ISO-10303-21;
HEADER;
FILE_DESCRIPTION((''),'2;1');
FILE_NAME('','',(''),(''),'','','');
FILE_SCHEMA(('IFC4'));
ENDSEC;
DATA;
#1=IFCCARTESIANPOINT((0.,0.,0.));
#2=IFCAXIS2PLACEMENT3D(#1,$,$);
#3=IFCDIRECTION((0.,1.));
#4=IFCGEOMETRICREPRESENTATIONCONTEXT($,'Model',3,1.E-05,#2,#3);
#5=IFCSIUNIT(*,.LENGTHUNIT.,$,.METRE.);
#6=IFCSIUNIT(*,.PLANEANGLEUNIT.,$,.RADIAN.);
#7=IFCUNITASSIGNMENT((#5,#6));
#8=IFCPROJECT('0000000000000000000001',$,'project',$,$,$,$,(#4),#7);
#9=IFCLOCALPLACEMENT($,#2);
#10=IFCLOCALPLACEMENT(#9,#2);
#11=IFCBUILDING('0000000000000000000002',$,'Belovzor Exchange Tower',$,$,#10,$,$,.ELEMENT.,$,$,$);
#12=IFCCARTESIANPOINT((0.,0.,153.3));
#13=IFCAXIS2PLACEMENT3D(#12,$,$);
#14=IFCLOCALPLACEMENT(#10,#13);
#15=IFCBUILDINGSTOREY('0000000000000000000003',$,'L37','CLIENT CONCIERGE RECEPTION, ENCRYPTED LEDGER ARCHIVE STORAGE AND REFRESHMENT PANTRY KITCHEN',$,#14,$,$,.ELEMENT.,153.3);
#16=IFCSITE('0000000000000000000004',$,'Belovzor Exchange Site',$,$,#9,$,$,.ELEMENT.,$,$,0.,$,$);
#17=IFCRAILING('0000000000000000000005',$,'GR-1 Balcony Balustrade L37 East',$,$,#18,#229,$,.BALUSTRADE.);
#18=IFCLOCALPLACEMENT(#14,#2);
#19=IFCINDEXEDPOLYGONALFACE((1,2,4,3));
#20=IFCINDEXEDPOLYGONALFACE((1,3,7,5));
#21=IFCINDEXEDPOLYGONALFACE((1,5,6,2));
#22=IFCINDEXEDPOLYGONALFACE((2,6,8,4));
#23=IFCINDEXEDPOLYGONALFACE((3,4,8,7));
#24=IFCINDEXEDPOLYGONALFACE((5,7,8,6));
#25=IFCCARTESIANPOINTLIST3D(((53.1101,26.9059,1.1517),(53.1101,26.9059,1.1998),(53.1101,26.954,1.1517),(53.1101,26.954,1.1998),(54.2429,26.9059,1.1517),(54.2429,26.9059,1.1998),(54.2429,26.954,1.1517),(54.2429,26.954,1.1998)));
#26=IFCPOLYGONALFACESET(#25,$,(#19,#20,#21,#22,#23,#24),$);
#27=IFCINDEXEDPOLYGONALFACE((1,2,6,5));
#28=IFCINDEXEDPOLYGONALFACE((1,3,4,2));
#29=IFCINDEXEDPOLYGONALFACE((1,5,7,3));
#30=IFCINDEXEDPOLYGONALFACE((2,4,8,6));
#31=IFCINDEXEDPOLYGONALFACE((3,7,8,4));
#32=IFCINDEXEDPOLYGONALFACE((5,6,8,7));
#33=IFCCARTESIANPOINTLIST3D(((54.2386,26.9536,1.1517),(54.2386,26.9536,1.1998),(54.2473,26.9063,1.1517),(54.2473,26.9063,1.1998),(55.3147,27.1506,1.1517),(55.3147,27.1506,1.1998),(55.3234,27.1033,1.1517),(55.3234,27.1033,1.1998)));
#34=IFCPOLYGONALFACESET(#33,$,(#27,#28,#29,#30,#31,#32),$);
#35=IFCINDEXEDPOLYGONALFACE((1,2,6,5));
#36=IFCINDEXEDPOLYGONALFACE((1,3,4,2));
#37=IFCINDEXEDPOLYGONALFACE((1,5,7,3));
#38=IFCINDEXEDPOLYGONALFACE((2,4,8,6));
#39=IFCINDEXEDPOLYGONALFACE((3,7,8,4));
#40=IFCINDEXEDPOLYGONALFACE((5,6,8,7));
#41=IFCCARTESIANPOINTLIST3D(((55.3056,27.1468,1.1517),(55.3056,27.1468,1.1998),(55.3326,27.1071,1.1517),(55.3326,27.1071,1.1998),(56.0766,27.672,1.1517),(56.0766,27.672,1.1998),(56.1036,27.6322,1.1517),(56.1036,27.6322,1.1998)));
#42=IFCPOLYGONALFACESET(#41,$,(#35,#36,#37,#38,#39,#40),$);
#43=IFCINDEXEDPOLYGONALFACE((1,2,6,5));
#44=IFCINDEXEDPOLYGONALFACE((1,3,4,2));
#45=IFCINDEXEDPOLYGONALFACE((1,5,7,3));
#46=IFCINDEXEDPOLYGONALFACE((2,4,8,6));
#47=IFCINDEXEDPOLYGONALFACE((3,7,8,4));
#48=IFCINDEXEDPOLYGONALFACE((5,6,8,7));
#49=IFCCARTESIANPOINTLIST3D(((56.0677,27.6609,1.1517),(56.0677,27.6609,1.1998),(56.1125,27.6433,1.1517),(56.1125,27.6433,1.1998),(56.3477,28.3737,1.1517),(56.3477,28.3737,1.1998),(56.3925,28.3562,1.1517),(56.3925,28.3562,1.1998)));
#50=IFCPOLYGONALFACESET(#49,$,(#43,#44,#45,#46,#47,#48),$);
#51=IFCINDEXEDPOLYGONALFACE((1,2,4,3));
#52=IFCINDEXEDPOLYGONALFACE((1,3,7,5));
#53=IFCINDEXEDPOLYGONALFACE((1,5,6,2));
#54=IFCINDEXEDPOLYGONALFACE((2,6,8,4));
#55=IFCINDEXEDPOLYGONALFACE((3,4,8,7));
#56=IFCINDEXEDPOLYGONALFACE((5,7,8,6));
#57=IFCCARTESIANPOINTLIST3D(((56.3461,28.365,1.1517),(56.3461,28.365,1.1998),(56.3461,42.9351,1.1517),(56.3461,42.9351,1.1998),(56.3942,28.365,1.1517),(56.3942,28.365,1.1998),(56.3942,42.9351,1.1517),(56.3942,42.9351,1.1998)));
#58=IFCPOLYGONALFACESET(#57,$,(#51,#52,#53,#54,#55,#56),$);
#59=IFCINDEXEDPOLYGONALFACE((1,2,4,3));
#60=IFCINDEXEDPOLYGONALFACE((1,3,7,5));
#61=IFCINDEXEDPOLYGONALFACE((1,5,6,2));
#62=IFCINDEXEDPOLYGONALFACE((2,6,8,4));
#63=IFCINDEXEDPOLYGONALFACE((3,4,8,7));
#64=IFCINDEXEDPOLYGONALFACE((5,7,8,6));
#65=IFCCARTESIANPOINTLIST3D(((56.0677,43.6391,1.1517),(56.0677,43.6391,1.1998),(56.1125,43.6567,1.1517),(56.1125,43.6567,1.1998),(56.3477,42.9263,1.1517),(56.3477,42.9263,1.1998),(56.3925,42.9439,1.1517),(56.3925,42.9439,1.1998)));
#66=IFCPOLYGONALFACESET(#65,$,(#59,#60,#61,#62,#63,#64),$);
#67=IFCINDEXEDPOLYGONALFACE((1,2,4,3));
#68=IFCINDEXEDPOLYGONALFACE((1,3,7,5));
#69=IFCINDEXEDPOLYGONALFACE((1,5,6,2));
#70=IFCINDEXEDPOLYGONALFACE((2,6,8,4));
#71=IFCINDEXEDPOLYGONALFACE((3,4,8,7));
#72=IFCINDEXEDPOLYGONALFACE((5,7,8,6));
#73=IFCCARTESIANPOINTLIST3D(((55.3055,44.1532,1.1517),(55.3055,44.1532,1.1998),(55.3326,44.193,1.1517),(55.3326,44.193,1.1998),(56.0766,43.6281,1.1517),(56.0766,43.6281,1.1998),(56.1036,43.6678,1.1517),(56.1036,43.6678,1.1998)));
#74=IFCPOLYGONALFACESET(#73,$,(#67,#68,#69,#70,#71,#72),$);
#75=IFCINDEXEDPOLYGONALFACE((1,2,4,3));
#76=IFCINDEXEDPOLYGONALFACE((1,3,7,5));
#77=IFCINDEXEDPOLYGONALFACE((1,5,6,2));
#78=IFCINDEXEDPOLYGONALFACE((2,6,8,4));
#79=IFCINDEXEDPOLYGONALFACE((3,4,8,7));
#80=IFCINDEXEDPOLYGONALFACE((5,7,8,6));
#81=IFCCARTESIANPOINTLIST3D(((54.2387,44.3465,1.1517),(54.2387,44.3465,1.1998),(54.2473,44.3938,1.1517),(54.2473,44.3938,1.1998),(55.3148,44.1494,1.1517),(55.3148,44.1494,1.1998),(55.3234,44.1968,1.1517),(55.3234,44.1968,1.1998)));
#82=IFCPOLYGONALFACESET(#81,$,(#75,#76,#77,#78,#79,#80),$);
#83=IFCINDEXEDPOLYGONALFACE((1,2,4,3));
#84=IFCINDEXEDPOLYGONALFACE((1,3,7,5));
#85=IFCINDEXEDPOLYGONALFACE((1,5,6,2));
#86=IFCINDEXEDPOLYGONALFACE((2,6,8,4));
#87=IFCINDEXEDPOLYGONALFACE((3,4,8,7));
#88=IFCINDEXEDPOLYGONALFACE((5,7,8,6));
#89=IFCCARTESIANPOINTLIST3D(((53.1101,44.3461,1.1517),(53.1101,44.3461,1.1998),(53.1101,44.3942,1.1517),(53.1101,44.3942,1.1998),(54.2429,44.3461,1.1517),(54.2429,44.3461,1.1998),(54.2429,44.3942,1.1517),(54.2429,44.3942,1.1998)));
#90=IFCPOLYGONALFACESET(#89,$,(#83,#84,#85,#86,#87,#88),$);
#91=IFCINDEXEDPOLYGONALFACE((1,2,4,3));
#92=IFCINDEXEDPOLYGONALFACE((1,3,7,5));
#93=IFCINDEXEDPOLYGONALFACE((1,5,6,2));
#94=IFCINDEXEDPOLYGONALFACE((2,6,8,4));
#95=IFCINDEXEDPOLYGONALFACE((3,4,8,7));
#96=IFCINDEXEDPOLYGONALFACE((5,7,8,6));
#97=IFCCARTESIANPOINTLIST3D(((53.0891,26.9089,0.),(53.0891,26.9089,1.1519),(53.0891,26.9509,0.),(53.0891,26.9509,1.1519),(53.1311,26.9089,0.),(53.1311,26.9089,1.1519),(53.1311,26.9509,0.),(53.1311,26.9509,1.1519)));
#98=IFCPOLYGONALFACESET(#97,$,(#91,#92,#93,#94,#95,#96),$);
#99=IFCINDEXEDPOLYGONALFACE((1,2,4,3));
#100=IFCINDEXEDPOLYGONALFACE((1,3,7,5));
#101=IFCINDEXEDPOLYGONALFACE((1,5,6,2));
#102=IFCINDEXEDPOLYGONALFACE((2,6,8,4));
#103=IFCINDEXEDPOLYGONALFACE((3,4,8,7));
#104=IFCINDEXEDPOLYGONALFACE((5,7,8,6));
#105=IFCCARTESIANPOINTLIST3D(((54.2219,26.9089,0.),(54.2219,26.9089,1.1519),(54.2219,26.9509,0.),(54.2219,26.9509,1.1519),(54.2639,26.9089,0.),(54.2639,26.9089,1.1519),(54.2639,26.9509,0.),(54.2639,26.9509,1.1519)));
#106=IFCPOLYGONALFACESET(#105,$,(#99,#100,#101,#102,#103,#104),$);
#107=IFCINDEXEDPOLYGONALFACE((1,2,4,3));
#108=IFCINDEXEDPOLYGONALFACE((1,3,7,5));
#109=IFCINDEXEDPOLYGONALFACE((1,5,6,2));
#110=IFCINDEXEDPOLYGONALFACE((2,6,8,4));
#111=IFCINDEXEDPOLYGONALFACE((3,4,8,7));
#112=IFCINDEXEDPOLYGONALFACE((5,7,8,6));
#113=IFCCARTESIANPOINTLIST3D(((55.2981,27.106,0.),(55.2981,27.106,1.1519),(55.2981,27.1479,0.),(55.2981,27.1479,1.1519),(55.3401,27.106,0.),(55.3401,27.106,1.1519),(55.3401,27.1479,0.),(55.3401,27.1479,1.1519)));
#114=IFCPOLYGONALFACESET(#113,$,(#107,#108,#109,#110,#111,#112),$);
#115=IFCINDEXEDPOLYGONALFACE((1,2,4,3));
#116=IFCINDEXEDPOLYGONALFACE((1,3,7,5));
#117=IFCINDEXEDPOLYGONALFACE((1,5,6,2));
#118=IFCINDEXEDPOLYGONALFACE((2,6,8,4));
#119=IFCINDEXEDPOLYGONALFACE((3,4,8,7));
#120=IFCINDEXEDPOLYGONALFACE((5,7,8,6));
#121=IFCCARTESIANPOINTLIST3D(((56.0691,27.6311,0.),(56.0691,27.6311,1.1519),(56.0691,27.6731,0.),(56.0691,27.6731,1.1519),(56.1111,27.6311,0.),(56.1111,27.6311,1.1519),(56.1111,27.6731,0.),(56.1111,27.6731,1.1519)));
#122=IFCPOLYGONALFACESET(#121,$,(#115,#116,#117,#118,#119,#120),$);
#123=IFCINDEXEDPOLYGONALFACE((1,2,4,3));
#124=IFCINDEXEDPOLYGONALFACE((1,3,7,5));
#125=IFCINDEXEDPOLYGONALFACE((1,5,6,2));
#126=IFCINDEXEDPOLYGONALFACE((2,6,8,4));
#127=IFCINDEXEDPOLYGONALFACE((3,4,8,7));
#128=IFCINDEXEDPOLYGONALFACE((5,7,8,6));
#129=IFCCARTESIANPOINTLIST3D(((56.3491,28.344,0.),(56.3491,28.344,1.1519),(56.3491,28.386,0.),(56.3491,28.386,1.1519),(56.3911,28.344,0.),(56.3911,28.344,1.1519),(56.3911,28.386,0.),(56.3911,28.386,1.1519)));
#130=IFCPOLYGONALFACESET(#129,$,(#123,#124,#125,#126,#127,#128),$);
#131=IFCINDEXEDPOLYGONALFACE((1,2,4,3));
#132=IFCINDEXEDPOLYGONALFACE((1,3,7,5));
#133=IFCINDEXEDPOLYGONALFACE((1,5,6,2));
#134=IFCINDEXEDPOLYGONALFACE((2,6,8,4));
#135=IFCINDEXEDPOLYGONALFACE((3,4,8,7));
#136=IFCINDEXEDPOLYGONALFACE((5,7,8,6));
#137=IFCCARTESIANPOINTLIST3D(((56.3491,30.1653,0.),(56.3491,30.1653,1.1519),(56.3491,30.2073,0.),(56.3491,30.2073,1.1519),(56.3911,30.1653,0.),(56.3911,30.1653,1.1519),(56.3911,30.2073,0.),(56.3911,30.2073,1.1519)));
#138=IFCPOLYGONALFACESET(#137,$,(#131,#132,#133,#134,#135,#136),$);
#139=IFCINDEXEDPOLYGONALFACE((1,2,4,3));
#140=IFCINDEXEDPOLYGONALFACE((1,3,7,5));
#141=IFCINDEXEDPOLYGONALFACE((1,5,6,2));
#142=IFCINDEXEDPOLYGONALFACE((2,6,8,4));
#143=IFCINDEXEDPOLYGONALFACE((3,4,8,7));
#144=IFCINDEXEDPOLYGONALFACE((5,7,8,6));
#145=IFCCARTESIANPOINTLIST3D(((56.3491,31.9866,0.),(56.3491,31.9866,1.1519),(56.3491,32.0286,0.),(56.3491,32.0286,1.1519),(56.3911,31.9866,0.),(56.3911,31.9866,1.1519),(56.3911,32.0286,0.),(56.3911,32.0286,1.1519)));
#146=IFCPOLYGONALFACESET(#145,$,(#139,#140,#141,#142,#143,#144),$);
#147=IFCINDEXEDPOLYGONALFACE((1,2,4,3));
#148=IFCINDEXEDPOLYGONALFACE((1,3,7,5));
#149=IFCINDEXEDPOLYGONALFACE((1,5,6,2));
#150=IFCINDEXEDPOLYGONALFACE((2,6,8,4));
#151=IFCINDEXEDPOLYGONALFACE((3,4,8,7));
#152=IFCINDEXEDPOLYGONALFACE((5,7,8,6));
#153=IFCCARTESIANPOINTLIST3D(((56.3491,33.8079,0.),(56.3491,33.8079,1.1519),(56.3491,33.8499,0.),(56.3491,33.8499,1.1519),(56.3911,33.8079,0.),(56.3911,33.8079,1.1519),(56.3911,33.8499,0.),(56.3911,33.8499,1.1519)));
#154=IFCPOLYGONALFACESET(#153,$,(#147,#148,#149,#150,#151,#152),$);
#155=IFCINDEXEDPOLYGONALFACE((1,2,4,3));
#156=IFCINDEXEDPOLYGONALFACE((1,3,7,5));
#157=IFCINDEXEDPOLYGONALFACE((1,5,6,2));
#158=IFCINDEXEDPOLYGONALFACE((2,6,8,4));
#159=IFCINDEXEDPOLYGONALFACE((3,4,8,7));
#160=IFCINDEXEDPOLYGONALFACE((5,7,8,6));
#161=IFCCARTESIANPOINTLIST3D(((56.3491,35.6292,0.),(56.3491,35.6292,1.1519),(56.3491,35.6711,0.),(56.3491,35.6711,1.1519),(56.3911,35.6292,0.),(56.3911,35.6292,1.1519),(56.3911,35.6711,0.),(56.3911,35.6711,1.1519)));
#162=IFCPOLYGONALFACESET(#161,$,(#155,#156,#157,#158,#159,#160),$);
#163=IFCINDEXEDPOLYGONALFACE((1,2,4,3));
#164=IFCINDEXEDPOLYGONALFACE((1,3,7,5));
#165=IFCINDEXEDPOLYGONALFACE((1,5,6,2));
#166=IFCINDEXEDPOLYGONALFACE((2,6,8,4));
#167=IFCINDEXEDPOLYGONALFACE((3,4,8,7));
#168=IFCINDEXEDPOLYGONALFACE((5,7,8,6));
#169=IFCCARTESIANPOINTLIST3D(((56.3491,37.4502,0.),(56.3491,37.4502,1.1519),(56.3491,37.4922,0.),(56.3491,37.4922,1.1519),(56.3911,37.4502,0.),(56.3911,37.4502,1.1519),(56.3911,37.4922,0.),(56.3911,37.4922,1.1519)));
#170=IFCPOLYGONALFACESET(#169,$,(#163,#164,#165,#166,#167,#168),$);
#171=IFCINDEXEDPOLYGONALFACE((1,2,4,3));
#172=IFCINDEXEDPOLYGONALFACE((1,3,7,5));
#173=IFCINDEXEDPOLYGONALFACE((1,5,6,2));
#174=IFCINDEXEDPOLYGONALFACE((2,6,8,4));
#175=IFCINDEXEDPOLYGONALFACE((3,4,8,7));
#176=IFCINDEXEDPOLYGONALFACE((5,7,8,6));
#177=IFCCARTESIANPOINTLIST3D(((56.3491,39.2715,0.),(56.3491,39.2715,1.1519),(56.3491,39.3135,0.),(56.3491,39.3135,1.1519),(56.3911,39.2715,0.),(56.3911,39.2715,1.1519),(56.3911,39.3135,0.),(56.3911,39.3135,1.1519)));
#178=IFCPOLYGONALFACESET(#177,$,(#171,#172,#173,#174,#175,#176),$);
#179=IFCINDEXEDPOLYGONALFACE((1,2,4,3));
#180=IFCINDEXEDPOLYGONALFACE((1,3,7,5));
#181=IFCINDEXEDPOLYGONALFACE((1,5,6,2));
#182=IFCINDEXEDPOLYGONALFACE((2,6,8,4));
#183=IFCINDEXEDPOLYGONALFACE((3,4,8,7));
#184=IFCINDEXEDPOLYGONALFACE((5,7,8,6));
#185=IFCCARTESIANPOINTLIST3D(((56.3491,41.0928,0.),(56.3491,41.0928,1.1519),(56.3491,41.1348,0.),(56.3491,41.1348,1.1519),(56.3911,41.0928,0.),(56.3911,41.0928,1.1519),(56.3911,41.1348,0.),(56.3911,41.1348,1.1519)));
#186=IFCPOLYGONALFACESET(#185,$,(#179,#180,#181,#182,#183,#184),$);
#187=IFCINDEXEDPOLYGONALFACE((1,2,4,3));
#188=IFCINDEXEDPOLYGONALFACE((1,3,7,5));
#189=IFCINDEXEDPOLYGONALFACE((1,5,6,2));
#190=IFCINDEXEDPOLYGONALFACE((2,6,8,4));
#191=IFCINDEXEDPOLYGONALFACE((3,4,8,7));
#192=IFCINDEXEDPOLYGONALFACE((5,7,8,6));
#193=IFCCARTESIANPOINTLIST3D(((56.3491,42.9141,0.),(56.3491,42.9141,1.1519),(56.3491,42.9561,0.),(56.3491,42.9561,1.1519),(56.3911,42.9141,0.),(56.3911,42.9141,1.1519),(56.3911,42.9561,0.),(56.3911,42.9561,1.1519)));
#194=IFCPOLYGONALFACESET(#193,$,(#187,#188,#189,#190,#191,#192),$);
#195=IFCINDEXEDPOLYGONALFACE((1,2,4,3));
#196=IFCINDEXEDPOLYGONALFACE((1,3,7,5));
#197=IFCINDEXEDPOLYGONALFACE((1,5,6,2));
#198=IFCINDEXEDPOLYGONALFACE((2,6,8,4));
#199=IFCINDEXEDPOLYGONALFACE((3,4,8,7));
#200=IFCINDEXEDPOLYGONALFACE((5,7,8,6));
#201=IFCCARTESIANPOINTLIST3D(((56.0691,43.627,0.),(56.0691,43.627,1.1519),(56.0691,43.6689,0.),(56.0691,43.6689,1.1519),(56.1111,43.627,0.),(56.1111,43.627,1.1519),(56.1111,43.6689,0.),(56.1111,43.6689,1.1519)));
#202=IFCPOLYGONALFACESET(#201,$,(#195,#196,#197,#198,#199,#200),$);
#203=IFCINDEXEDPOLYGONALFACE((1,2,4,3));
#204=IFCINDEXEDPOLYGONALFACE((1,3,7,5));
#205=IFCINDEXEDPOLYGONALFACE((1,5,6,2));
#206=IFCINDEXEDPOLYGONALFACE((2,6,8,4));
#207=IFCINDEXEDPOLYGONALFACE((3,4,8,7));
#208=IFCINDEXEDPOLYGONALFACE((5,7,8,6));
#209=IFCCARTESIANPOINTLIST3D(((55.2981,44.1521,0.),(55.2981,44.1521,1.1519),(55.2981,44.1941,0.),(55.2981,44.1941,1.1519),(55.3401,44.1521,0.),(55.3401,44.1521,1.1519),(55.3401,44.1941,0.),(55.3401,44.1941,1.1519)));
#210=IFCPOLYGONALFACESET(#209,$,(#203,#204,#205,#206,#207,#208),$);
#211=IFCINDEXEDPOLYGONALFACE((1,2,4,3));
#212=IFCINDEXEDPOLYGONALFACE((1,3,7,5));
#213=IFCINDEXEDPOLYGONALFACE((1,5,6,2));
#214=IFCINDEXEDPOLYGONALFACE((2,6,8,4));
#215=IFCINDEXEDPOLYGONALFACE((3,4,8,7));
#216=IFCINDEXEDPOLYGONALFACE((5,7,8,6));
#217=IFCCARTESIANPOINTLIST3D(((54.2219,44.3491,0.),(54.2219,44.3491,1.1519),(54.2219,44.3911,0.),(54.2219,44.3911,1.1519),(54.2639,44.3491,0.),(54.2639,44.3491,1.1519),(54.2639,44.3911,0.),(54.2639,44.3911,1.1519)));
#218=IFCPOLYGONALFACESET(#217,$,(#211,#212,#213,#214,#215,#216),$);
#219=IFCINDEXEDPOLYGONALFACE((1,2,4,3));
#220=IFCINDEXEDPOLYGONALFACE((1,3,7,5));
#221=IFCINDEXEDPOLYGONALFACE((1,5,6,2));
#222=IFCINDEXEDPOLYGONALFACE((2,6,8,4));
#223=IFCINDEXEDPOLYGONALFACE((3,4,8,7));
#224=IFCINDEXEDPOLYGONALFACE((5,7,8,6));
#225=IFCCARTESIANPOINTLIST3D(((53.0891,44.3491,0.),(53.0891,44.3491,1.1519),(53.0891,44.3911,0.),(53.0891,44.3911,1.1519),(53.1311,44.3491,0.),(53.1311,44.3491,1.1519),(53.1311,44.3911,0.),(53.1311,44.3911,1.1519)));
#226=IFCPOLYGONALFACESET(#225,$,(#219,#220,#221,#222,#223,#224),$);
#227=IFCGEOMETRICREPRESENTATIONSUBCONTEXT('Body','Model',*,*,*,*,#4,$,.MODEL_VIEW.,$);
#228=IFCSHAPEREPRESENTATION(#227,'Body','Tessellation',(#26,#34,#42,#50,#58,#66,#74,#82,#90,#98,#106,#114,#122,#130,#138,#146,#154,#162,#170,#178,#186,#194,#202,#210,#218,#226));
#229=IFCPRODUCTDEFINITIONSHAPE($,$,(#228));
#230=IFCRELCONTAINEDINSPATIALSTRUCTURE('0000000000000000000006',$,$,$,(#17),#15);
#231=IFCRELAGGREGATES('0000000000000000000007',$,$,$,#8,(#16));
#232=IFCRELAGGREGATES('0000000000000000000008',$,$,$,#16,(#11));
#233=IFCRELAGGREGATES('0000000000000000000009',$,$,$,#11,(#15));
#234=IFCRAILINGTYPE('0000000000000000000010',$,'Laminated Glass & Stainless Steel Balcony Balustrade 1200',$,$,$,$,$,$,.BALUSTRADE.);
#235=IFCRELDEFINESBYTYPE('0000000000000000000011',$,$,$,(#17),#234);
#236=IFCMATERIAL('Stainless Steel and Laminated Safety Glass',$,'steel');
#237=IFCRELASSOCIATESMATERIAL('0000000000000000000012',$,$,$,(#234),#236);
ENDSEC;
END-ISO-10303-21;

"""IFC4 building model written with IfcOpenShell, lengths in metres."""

from ifc_helpers import new_model, si_unit, direction, frame, origin, origin_2d, place, context, subcontext, project, spatial, rectangle, extrude, material, type_object, element, save


model = new_model("IFC4")

# Units and contexts
model_context = context("Model", 3, precision=1e-05, world=origin(), true_north=direction((0.0, 1.0)))
body_context = subcontext(model_context, "Body", "Model", "MODEL_VIEW")
ifc_project = project(units=[si_unit("LENGTHUNIT", "METRE"), si_unit("PLANEANGLEUNIT", "RADIAN")], contexts=[model_context])

# Site, building, storey
site_placement = place(None, origin())
site = spatial("IfcSite", under=ifc_project, at=site_placement, Name="Belovzor Exchange Site", CompositionType="ELEMENT", RefElevation=0.0)
building_placement = place(site_placement, origin())
building = spatial("IfcBuilding", under=site, at=building_placement, Name="Belovzor Exchange Tower", CompositionType="ELEMENT")
storey_placement = place(building_placement, frame((0.0, 0.0, 153.3)))
storey = spatial("IfcBuildingStorey", under=building, at=storey_placement, Name="L37", Description="CLIENT CONCIERGE RECEPTION, ENCRYPTED LEDGER ARCHIVE STORAGE AND REFRESHMENT PANTRY KITCHEN", CompositionType="ELEMENT", Elevation=153.3)

# Railing
ifc_material_1 = material(Name="Stainless Steel and Laminated Safety Glass", Category="steel")
railing_type = type_object("IfcRailingType", Name="Laminated Glass & Stainless Steel Balcony Balustrade 1200", PredefinedType="BALUSTRADE", material=ifc_material_1)
railing_placement = place(storey_placement, frame((53.1101, 26.9299, 0.0)))
element("IfcRailing", 1, at=railing_placement, inside=storey, type_object=railing_type, Name="GR-1 Balcony Balustrade L37 East", PredefinedType="BALUSTRADE", context=body_context, shape_type="SweptSolid", body=[
    extrude(rectangle(XDim=0.0481, YDim=0.0481, at=origin_2d()), frame((0.0, 0.0, 1.1758), z_axis=(1.0, 0.0, 0.0), x_axis=(0.0, 1.0, 0.0)), (0.0, 0.0, 1.0), 1.1328),
    extrude(rectangle(XDim=0.0481, YDim=0.0481, at=origin_2d()), frame((1.1328, 0.0, 1.1758), z_axis=(0.983651, 0.180083, 0.0), x_axis=(-0.180083, 0.983651, 0.0)), (0.0, 0.0, 1.0), 1.094),
    extrude(rectangle(XDim=0.0481, YDim=0.0481, at=origin_2d()), frame((2.209, 0.197, 1.1758), z_axis=(0.826493, 0.562947, 0.0), x_axis=(-0.562947, 0.826493, 0.0)), (0.0, 0.0, 1.0), 0.9329),
    extrude(rectangle(XDim=0.0481, YDim=0.0481, at=origin_2d()), frame((2.98, 0.7222, 1.1758), z_axis=(0.365613, 0.930767, 0.0), x_axis=(-0.930767, 0.365613, 0.0)), (0.0, 0.0, 1.0), 0.7659),
    extrude(rectangle(XDim=0.0481, YDim=0.0481, at=origin_2d()), frame((3.26, 1.4351, 1.1758), z_axis=(0.0, 1.0, 0.0), x_axis=(-1.0, 0.0, 0.0)), (0.0, 0.0, 1.0), 14.5701),
    extrude(rectangle(XDim=0.0481, YDim=0.0481, at=origin_2d()), frame((3.26, 16.0051, 1.1758), z_axis=(-0.365613, 0.930767, 0.0), x_axis=(-0.930767, -0.365613, 0.0)), (0.0, 0.0, 1.0), 0.7659),
    extrude(rectangle(XDim=0.0481, YDim=0.0481, at=origin_2d()), frame((2.98, 16.718, 1.1758), z_axis=(-0.826493, 0.562947, 0.0), x_axis=(-0.562947, -0.826493, 0.0)), (0.0, 0.0, 1.0), 0.9329),
    extrude(rectangle(XDim=0.0481, YDim=0.0481, at=origin_2d()), frame((2.209, 17.2432, 1.1758), z_axis=(-0.983651, 0.180083, 0.0), x_axis=(-0.180083, -0.983651, 0.0)), (0.0, 0.0, 1.0), 1.094),
    extrude(rectangle(XDim=0.0481, YDim=0.0481, at=origin_2d()), frame((1.1328, 17.4402, 1.1758), z_axis=(-1.0, 0.0, 0.0), x_axis=(0.0, -1.0, 0.0)), (0.0, 0.0, 1.0), 1.1328),
    extrude(rectangle(XDim=0.042, YDim=0.042, at=origin_2d()), origin(), (0.0, 0.0, 1.0), 1.1519),
    extrude(rectangle(XDim=0.042, YDim=0.042, at=origin_2d()), frame((1.1328, 0.0, 0.0)), (0.0, 0.0, 1.0), 1.1519),
    extrude(rectangle(XDim=0.042, YDim=0.042, at=origin_2d()), frame((2.209, 0.197, 0.0)), (0.0, 0.0, 1.0), 1.1519),
    extrude(rectangle(XDim=0.042, YDim=0.042, at=origin_2d()), frame((2.98, 0.7222, 0.0)), (0.0, 0.0, 1.0), 1.1519),
    extrude(rectangle(XDim=0.042, YDim=0.042, at=origin_2d()), frame((3.26, 1.4351, 0.0)), (0.0, 0.0, 1.0), 1.1519),
    extrude(rectangle(XDim=0.042, YDim=0.042, at=origin_2d()), frame((3.26, 3.2563, 0.0)), (0.0, 0.0, 1.0), 1.1519),
    extrude(rectangle(XDim=0.042, YDim=0.042, at=origin_2d()), frame((3.26, 5.0776, 0.0)), (0.0, 0.0, 1.0), 1.1519),
    extrude(rectangle(XDim=0.042, YDim=0.042, at=origin_2d()), frame((3.26, 6.8989, 0.0)), (0.0, 0.0, 1.0), 1.1519),
    extrude(rectangle(XDim=0.042, YDim=0.042, at=origin_2d()), frame((3.26, 8.7202, 0.0)), (0.0, 0.0, 1.0), 1.1519),
    extrude(rectangle(XDim=0.042, YDim=0.042, at=origin_2d()), frame((3.26, 10.5413, 0.0)), (0.0, 0.0, 1.0), 1.1519),
    extrude(rectangle(XDim=0.042, YDim=0.042, at=origin_2d()), frame((3.26, 12.3625, 0.0)), (0.0, 0.0, 1.0), 1.1519),
    extrude(rectangle(XDim=0.042, YDim=0.042, at=origin_2d()), frame((3.26, 14.1838, 0.0)), (0.0, 0.0, 1.0), 1.1519),
    extrude(rectangle(XDim=0.042, YDim=0.042, at=origin_2d()), frame((3.26, 16.0051, 0.0)), (0.0, 0.0, 1.0), 1.1519),
    extrude(rectangle(XDim=0.042, YDim=0.042, at=origin_2d()), frame((2.98, 16.718, 0.0)), (0.0, 0.0, 1.0), 1.1519),
    extrude(rectangle(XDim=0.042, YDim=0.042, at=origin_2d()), frame((2.209, 17.2432, 0.0)), (0.0, 0.0, 1.0), 1.1519),
    extrude(rectangle(XDim=0.042, YDim=0.042, at=origin_2d()), frame((1.1328, 17.4402, 0.0)), (0.0, 0.0, 1.0), 1.1519),
    extrude(rectangle(XDim=0.042, YDim=0.042, at=origin_2d()), frame((0.0, 17.4402, 0.0)), (0.0, 0.0, 1.0), 1.1519),
])

save(model, "model.ifc")
